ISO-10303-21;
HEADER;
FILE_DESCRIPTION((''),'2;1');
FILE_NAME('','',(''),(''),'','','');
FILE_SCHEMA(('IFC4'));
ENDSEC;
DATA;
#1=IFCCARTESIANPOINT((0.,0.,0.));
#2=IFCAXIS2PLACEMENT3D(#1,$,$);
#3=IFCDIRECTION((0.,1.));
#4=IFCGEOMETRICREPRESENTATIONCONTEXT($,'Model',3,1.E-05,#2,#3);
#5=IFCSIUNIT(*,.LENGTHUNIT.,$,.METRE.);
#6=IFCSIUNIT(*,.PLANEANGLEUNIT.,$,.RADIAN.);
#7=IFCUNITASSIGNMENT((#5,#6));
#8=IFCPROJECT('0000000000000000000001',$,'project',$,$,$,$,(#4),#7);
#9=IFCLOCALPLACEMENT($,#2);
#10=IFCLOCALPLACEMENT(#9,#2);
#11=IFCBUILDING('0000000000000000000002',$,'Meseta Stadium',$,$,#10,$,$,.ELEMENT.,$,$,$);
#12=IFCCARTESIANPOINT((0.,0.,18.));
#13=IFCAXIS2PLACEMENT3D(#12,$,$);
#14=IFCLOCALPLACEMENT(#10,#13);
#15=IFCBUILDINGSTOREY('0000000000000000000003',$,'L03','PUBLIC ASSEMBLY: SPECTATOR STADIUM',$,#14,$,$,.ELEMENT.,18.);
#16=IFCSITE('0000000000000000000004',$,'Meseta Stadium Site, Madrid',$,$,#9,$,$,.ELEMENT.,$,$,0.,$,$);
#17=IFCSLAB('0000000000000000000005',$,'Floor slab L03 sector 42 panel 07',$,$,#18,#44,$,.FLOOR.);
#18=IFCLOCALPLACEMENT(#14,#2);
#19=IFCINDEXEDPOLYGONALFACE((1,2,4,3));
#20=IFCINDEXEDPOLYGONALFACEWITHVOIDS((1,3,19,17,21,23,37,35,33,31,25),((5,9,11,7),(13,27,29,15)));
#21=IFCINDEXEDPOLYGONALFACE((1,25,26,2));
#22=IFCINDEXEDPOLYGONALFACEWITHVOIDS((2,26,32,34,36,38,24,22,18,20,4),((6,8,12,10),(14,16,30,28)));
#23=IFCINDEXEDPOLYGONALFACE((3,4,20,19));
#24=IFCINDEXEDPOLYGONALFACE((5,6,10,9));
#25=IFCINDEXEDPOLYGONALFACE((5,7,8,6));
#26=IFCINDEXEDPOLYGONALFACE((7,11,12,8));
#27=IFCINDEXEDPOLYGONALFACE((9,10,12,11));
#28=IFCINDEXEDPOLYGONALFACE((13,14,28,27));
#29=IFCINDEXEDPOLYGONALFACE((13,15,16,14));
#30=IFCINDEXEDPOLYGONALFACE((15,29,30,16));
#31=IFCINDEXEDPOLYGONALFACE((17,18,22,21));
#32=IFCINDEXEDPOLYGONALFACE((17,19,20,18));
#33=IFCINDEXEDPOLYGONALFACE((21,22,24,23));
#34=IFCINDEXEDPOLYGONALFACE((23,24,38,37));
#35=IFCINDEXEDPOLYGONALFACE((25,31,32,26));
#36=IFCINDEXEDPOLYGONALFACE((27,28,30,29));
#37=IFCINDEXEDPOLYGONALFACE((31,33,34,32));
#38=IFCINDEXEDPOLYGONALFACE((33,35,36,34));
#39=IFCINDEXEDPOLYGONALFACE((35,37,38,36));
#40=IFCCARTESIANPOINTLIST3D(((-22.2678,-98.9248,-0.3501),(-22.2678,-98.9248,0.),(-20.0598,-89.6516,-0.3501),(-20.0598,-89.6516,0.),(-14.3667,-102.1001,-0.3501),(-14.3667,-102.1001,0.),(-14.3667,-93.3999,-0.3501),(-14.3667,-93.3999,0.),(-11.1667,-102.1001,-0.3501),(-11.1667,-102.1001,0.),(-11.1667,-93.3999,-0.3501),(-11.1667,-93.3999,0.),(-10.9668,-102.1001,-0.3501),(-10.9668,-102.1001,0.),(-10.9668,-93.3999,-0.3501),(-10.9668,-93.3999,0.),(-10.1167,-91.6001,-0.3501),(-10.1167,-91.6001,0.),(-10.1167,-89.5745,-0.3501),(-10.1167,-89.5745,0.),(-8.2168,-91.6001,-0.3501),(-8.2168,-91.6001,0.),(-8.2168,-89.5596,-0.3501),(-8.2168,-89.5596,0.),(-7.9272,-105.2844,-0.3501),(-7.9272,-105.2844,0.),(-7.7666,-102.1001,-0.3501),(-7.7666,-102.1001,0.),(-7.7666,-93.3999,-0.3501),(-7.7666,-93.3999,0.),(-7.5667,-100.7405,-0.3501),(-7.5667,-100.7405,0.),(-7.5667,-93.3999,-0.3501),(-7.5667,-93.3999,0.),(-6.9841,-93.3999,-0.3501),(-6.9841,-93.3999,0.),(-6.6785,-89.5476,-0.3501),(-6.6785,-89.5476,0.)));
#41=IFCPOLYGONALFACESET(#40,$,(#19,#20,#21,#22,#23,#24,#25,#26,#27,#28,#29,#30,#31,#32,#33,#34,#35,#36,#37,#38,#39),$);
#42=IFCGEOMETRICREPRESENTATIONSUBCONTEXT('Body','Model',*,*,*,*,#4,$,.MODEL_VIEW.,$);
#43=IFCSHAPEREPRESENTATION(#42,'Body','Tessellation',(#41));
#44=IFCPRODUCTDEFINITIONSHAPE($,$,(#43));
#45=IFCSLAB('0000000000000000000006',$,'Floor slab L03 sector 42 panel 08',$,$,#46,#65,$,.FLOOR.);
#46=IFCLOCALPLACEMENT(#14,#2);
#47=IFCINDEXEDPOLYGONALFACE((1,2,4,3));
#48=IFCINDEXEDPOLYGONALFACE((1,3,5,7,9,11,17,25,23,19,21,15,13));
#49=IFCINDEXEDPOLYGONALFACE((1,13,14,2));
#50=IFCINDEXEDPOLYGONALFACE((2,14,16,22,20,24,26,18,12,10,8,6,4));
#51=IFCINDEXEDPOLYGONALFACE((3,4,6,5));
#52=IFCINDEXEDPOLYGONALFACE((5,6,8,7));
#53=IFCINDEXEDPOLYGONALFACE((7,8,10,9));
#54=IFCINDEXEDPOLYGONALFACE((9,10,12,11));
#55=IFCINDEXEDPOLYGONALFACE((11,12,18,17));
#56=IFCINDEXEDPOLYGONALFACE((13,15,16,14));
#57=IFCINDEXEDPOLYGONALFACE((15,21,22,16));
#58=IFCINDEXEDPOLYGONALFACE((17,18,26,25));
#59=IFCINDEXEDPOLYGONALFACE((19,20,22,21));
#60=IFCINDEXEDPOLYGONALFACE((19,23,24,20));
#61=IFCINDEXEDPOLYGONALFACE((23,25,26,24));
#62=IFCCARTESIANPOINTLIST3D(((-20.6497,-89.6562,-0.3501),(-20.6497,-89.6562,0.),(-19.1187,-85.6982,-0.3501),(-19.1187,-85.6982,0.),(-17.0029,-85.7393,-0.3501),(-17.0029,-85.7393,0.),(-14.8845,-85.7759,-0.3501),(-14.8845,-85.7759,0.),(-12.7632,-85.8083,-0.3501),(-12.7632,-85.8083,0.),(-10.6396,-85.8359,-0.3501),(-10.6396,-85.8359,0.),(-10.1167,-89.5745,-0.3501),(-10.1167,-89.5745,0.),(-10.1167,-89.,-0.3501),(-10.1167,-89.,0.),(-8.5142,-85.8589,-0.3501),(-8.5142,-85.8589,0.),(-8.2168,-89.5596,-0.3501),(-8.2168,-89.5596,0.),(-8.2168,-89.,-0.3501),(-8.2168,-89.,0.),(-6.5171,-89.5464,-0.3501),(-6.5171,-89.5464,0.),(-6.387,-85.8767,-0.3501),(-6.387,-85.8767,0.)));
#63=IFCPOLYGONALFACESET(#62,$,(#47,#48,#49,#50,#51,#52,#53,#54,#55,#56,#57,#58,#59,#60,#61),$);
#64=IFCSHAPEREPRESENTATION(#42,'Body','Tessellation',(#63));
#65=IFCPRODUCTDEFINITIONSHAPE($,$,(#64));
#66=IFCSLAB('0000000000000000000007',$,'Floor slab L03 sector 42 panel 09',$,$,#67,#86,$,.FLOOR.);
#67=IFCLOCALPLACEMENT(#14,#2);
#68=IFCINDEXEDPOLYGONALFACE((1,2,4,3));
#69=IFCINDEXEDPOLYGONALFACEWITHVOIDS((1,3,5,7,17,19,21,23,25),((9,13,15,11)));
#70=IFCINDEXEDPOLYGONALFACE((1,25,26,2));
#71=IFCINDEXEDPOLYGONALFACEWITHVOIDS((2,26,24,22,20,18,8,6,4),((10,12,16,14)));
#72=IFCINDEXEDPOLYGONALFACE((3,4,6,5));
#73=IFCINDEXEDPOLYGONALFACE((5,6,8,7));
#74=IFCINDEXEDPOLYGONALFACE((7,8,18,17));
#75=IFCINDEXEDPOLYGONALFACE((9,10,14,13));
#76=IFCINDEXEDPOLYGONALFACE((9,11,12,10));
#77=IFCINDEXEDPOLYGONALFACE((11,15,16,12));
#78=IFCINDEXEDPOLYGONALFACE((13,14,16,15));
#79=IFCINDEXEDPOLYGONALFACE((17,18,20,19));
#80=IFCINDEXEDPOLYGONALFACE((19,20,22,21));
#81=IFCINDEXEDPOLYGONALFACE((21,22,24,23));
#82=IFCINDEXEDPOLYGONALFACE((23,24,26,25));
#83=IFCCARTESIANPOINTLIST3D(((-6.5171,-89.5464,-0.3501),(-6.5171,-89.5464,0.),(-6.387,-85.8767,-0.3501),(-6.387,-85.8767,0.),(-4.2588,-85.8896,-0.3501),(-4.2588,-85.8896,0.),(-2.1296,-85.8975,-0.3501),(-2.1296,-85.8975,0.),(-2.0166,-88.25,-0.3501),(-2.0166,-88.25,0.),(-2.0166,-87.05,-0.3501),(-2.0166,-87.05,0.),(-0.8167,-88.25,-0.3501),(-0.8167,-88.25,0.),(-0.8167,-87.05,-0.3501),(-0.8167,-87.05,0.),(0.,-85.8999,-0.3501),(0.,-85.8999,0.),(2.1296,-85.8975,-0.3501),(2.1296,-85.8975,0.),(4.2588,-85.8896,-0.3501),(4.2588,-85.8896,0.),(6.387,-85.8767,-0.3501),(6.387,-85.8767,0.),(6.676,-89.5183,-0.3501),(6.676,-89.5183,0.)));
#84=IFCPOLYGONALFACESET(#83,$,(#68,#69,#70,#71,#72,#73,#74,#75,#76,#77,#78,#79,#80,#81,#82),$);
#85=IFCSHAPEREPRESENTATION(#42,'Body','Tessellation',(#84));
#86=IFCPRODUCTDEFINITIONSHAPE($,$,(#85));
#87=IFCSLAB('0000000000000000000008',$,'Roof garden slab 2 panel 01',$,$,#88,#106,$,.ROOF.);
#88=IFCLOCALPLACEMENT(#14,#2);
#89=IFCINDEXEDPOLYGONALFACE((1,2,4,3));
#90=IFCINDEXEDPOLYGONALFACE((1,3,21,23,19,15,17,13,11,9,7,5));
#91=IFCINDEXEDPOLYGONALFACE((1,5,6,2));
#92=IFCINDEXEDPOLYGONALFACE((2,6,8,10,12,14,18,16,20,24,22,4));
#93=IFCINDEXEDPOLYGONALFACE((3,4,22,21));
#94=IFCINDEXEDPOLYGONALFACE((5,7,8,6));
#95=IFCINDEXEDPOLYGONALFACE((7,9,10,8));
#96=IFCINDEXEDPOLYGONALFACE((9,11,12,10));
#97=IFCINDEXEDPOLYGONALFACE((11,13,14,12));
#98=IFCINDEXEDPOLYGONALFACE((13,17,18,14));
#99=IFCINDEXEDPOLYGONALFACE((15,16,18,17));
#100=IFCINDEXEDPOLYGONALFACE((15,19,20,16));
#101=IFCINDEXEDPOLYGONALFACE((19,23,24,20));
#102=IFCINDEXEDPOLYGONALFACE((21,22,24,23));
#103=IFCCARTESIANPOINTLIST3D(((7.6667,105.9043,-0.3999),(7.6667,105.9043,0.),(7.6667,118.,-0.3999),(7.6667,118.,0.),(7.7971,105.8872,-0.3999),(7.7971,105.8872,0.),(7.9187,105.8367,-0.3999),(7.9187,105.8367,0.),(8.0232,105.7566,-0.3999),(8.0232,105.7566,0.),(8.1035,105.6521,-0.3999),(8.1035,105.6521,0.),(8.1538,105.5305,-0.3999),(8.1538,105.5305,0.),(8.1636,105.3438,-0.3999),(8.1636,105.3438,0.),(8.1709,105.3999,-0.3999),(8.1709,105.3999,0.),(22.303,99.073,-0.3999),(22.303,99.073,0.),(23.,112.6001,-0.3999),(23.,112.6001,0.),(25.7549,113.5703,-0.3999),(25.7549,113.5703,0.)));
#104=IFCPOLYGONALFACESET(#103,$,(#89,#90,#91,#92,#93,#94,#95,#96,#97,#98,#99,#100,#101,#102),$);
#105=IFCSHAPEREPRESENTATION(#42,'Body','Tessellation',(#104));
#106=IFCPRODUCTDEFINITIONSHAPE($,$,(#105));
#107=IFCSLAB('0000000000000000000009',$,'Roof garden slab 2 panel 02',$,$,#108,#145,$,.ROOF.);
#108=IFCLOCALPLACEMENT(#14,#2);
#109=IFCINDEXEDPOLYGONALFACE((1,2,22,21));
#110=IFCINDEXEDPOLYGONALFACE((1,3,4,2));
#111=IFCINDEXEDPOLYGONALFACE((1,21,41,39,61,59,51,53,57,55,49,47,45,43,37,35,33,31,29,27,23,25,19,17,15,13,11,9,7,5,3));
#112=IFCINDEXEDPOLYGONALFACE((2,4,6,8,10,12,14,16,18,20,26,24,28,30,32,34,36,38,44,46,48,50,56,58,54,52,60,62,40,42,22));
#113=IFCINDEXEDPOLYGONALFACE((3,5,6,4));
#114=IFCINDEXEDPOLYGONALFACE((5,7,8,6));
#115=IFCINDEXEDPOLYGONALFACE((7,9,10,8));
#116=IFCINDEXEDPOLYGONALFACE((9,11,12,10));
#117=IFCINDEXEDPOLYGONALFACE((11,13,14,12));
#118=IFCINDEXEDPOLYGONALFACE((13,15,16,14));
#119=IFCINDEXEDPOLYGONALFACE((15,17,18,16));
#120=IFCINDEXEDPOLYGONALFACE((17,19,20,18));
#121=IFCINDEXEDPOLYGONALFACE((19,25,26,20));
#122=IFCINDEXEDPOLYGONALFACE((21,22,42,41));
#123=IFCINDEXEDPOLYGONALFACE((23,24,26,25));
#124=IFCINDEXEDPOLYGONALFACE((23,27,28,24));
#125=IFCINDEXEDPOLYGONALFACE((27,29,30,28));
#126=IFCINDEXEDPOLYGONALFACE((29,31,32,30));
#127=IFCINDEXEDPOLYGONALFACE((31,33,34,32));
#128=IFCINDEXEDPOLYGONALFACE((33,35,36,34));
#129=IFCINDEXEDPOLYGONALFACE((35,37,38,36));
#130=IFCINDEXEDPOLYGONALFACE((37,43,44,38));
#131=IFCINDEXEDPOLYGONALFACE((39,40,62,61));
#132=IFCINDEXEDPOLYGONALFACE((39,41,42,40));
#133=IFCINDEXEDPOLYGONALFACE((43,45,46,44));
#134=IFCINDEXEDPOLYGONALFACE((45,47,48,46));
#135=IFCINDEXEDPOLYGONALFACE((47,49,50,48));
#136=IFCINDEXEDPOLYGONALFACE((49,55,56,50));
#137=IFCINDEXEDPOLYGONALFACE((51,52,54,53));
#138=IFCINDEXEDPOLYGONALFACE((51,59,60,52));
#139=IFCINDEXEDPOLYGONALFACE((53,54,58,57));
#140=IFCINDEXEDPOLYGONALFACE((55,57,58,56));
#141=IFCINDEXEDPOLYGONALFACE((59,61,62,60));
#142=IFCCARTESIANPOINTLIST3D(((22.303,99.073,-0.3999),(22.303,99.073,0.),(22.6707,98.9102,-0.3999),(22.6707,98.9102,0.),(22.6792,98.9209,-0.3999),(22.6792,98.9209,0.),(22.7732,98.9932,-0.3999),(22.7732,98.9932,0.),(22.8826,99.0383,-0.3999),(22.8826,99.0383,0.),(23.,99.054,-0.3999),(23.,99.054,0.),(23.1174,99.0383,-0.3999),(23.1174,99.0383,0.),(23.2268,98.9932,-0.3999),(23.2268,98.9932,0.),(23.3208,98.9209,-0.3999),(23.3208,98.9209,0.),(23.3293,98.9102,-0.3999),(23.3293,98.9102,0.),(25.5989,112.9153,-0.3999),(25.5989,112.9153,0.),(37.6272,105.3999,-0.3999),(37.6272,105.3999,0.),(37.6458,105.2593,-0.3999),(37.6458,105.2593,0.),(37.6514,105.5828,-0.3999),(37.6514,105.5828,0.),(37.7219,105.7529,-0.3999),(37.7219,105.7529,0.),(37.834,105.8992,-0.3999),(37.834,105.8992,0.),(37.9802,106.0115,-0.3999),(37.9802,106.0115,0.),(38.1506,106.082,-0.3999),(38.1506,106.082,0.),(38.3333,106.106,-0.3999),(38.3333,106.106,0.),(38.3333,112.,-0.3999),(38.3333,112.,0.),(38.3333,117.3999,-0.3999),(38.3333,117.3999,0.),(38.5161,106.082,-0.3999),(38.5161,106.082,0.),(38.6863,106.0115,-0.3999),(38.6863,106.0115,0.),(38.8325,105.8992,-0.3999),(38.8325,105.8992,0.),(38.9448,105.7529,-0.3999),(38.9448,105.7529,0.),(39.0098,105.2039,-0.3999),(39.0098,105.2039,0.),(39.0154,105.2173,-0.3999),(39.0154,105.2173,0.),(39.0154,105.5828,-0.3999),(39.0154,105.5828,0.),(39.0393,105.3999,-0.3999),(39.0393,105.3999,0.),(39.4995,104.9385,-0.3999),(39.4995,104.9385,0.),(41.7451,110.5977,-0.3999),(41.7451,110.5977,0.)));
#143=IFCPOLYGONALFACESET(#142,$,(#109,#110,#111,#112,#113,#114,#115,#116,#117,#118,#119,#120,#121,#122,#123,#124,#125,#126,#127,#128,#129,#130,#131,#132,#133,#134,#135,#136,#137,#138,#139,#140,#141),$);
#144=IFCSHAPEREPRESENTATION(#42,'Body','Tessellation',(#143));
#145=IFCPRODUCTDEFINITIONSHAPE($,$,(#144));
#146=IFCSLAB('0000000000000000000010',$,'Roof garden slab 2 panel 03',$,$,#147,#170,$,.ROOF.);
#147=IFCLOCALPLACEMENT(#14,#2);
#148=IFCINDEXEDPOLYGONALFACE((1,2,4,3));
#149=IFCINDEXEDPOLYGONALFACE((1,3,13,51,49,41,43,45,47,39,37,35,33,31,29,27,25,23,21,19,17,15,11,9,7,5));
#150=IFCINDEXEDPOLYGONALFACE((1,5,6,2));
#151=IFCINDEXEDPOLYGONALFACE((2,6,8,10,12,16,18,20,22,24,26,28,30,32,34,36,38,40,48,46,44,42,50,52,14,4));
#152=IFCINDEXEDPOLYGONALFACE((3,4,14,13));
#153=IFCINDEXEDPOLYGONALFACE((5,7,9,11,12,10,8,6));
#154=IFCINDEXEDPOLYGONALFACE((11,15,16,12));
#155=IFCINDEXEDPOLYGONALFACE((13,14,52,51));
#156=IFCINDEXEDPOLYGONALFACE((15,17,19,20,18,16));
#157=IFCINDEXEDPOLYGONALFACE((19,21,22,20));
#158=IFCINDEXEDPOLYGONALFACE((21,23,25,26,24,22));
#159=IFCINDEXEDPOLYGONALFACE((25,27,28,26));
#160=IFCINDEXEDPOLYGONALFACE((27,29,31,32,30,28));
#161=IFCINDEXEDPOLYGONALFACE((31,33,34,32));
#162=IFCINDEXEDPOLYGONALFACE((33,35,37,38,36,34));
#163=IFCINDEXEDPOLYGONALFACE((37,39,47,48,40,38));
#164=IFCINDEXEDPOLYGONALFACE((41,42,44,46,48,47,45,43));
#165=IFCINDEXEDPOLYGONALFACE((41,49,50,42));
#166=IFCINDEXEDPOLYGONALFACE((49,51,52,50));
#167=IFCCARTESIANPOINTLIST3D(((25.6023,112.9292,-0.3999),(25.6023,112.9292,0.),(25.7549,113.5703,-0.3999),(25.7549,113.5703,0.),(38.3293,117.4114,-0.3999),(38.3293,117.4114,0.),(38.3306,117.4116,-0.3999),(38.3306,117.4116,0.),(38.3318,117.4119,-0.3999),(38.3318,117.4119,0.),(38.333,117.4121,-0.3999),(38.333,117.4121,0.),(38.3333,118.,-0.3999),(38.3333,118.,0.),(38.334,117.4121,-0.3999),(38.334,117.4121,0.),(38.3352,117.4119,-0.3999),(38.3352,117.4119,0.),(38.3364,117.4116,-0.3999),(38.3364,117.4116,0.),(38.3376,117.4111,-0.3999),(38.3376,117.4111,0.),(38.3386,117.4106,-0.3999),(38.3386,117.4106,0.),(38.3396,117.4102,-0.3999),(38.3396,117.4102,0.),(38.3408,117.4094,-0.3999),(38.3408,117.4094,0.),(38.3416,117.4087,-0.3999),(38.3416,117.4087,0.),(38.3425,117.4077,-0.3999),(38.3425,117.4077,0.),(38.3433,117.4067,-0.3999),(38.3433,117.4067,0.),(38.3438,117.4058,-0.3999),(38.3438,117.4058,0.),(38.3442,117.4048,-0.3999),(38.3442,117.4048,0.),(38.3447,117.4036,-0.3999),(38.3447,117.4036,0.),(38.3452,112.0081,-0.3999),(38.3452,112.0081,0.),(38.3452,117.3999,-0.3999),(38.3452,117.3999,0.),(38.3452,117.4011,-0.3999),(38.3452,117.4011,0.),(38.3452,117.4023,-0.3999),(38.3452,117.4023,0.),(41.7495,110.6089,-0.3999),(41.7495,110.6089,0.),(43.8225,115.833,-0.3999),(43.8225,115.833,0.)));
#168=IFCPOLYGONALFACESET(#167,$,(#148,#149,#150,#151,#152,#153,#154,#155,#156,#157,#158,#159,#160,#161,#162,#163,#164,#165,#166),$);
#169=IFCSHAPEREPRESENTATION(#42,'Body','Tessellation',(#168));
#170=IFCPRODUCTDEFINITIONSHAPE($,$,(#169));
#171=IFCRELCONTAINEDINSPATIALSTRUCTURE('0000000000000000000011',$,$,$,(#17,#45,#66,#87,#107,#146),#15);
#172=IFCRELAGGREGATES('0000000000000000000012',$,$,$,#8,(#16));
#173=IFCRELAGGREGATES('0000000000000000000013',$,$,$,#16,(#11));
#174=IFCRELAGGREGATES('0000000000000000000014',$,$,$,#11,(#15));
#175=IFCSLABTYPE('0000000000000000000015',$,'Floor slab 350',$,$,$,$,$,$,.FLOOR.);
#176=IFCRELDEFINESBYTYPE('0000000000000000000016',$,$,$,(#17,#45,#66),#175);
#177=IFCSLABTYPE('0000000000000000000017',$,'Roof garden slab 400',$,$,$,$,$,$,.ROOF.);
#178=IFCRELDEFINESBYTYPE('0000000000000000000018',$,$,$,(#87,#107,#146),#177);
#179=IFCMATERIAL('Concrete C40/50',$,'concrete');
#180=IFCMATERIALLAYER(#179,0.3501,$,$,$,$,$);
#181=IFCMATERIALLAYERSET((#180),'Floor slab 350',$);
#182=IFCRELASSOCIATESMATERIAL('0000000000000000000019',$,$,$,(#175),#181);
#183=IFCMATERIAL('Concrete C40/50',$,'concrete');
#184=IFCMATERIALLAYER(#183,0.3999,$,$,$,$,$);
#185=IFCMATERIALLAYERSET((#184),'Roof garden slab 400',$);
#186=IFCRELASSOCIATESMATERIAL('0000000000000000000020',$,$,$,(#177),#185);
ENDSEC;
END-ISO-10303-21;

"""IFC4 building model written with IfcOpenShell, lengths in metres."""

from ifc_helpers import new_model, si_unit, direction, frame, origin, place, context, subcontext, project, spatial, polyline, outline, extrude, material, layer, layer_set, type_object, element, save


model = new_model("IFC4")

# Units and contexts
model_context = context("Model", 3, precision=1e-05, world=origin(), true_north=direction((0.0, 1.0)))
body_context = subcontext(model_context, "Body", "Model", "MODEL_VIEW")
ifc_project = project(units=[si_unit("LENGTHUNIT", "METRE"), si_unit("PLANEANGLEUNIT", "RADIAN")], contexts=[model_context])

# Site, building, storey
site_placement = place(None, origin())
site = spatial("IfcSite", under=ifc_project, at=site_placement, Name="Meseta Stadium Site, Madrid", CompositionType="ELEMENT", RefElevation=0.0)
building_placement = place(site_placement, origin())
building = spatial("IfcBuilding", under=site, at=building_placement, Name="Meseta Stadium", CompositionType="ELEMENT")
storey_placement = place(building_placement, frame((0.0, 0.0, 18.0)))
storey = spatial("IfcBuildingStorey", under=building, at=storey_placement, Name="L03", Description="PUBLIC ASSEMBLY: SPECTATOR STADIUM", CompositionType="ELEMENT", Elevation=18.0)

# Slabs
ifc_material_1 = material(Name="Concrete C40/50", Category="concrete")
ifc_layer_1 = layer(ifc_material_1, 0.3501)
ifc_layer_set_1 = layer_set([ifc_layer_1], Name="Floor slab 350")
slab_type_1 = type_object("IfcSlabType", Name="Floor slab 350", PredefinedType="FLOOR", material=ifc_layer_set_1)
slab_1_placement = place(storey_placement, frame((0.0, 0.0, -0.3501)))
element("IfcSlab", 1, at=slab_1_placement, inside=storey, type_object=slab_type_1, Name="Floor slab L03 sector 42 panel 07", PredefinedType="FLOOR", context=body_context, shape_type="SweptSolid", body=[
    extrude(outline(polyline([(-20.0598, -89.6516), (-22.2678, -98.9248), (-7.9272, -105.2844), (-7.5667, -100.7405), (-7.5667, -93.3999), (-6.9841, -93.3999), (-6.6785, -89.5476), (-8.2168, -89.5596), (-8.2168, -91.6001), (-10.1167, -91.6001), (-10.1167, -89.5745), (-20.0598, -89.6516)]), holes=[polyline([(-14.3667, -93.3999), (-11.1667, -93.3999), (-11.1667, -102.1001), (-14.3667, -102.1001), (-14.3667, -93.3999)]), polyline([(-10.9668, -93.3999), (-7.7666, -93.3999), (-7.7666, -102.1001), (-10.9668, -102.1001), (-10.9668, -93.3999)])]), origin(), (0.0, 0.0, 1.0), 0.3501),
])
slab_2_placement = place(storey_placement, frame((0.0, 0.0, -0.3501)))
element("IfcSlab", 2, at=slab_2_placement, inside=storey, type_object=slab_type_1, Name="Floor slab L03 sector 42 panel 08", PredefinedType="FLOOR", context=body_context, shape_type="SweptSolid", body=[
    extrude(outline(polyline([(-14.8845, -85.7759), (-17.0029, -85.7393), (-19.1187, -85.6982), (-20.6497, -89.6562), (-10.1167, -89.5745), (-10.1167, -89.0), (-8.2168, -89.0), (-8.2168, -89.5596), (-6.5171, -89.5464), (-6.387, -85.8767), (-8.5142, -85.8589), (-10.6396, -85.8359), (-12.7632, -85.8083), (-14.8845, -85.7759)])), origin(), (0.0, 0.0, 1.0), 0.3501),
])
slab_3_placement = place(storey_placement, frame((0.0, 0.0, -0.3501)))
element("IfcSlab", 3, at=slab_3_placement, inside=storey, type_object=slab_type_1, Name="Floor slab L03 sector 42 panel 09", PredefinedType="FLOOR", context=body_context, shape_type="SweptSolid", body=[
    extrude(outline(polyline([(-2.1296, -85.8975), (-4.2588, -85.8896), (-6.387, -85.8767), (-6.5171, -89.5464), (6.676, -89.5183), (6.387, -85.8767), (4.2588, -85.8896), (2.1296, -85.8975), (0.0, -85.8999), (-2.1296, -85.8975)]), holes=[polyline([(-2.0166, -88.25), (-2.0166, -87.05), (-0.8167, -87.05), (-0.8167, -88.25), (-2.0166, -88.25)])]), origin(), (0.0, 0.0, 1.0), 0.3501),
])
ifc_material_2 = material(Name="Concrete C40/50", Category="concrete")
ifc_layer_2 = layer(ifc_material_2, 0.3999)
ifc_layer_set_2 = layer_set([ifc_layer_2], Name="Roof garden slab 400")
slab_type_2 = type_object("IfcSlabType", Name="Roof garden slab 400", PredefinedType="ROOF", material=ifc_layer_set_2)
slab_4_placement = place(storey_placement, frame((0.0, 0.0, -0.3999)))
element("IfcSlab", 4, at=slab_4_placement, inside=storey, type_object=slab_type_2, Name="Roof garden slab 2 panel 01", PredefinedType="ROOF", context=body_context, shape_type="SweptSolid", body=[
    extrude(outline(polyline([(22.303, 99.073), (25.7549, 113.5703), (23.0, 112.6001), (7.6667, 118.0), (7.6667, 105.9043), (7.7971, 105.8872), (7.9187, 105.8367), (8.0232, 105.7566), (8.1035, 105.6521), (8.1538, 105.5305), (8.1709, 105.3999), (8.1636, 105.3438), (22.303, 99.073)])), origin(), (0.0, 0.0, 1.0), 0.3999),
])
slab_5_placement = place(storey_placement, frame((0.0, 0.0, -0.3999)))
element("IfcSlab", 5, at=slab_5_placement, inside=storey, type_object=slab_type_2, Name="Roof garden slab 2 panel 02", PredefinedType="ROOF", context=body_context, shape_type="SweptSolid", body=[
    extrude(outline(polyline([(39.0154, 105.2173), (39.0098, 105.2039), (39.4995, 104.9385), (41.7451, 110.5977), (38.3333, 112.0), (38.3333, 117.3999), (25.5989, 112.9153), (22.303, 99.073), (22.6707, 98.9102), (22.6792, 98.9209), (22.7732, 98.9932), (22.8826, 99.0383), (23.0, 99.054), (23.1174, 99.0383), (23.2268, 98.9932), (23.3208, 98.9209), (23.3293, 98.9102), (37.6458, 105.2593), (37.6272, 105.3999), (37.6514, 105.5828), (37.7219, 105.7529), (37.834, 105.8992), (37.9802, 106.0115), (38.1506, 106.082), (38.3333, 106.106), (38.5161, 106.082), (38.6863, 106.0115), (38.8325, 105.8992), (38.9448, 105.7529), (39.0154, 105.5828), (39.0393, 105.3999), (39.0154, 105.2173)])), origin(), (0.0, 0.0, 1.0), 0.3999),
])
slab_6_placement = place(storey_placement, frame((0.0, 0.0, -0.3999)))
element("IfcSlab", 6, at=slab_6_placement, inside=storey, type_object=slab_type_2, Name="Roof garden slab 2 panel 03", PredefinedType="ROOF", context=body_context, shape_type="SweptSolid", body=[
    extrude(outline(polyline([(25.7549, 113.5703), (25.6023, 112.9292), (38.3293, 117.4114), (38.3306, 117.4116), (38.3318, 117.4119), (38.333, 117.4121), (38.334, 117.4121), (38.3352, 117.4119), (38.3364, 117.4116), (38.3376, 117.4111), (38.3386, 117.4106), (38.3396, 117.4102), (38.3408, 117.4094), (38.3416, 117.4087), (38.3425, 117.4077), (38.3433, 117.4067), (38.3438, 117.4058), (38.3442, 117.4048), (38.3447, 117.4036), (38.3452, 117.4023), (38.3452, 117.4011), (38.3452, 117.3999), (38.3452, 112.0081), (41.7495, 110.6089), (43.8225, 115.833), (38.3333, 118.0), (25.7549, 113.5703)])), origin(), (0.0, 0.0, 1.0), 0.3999),
])

save(model, "model.ifc")
